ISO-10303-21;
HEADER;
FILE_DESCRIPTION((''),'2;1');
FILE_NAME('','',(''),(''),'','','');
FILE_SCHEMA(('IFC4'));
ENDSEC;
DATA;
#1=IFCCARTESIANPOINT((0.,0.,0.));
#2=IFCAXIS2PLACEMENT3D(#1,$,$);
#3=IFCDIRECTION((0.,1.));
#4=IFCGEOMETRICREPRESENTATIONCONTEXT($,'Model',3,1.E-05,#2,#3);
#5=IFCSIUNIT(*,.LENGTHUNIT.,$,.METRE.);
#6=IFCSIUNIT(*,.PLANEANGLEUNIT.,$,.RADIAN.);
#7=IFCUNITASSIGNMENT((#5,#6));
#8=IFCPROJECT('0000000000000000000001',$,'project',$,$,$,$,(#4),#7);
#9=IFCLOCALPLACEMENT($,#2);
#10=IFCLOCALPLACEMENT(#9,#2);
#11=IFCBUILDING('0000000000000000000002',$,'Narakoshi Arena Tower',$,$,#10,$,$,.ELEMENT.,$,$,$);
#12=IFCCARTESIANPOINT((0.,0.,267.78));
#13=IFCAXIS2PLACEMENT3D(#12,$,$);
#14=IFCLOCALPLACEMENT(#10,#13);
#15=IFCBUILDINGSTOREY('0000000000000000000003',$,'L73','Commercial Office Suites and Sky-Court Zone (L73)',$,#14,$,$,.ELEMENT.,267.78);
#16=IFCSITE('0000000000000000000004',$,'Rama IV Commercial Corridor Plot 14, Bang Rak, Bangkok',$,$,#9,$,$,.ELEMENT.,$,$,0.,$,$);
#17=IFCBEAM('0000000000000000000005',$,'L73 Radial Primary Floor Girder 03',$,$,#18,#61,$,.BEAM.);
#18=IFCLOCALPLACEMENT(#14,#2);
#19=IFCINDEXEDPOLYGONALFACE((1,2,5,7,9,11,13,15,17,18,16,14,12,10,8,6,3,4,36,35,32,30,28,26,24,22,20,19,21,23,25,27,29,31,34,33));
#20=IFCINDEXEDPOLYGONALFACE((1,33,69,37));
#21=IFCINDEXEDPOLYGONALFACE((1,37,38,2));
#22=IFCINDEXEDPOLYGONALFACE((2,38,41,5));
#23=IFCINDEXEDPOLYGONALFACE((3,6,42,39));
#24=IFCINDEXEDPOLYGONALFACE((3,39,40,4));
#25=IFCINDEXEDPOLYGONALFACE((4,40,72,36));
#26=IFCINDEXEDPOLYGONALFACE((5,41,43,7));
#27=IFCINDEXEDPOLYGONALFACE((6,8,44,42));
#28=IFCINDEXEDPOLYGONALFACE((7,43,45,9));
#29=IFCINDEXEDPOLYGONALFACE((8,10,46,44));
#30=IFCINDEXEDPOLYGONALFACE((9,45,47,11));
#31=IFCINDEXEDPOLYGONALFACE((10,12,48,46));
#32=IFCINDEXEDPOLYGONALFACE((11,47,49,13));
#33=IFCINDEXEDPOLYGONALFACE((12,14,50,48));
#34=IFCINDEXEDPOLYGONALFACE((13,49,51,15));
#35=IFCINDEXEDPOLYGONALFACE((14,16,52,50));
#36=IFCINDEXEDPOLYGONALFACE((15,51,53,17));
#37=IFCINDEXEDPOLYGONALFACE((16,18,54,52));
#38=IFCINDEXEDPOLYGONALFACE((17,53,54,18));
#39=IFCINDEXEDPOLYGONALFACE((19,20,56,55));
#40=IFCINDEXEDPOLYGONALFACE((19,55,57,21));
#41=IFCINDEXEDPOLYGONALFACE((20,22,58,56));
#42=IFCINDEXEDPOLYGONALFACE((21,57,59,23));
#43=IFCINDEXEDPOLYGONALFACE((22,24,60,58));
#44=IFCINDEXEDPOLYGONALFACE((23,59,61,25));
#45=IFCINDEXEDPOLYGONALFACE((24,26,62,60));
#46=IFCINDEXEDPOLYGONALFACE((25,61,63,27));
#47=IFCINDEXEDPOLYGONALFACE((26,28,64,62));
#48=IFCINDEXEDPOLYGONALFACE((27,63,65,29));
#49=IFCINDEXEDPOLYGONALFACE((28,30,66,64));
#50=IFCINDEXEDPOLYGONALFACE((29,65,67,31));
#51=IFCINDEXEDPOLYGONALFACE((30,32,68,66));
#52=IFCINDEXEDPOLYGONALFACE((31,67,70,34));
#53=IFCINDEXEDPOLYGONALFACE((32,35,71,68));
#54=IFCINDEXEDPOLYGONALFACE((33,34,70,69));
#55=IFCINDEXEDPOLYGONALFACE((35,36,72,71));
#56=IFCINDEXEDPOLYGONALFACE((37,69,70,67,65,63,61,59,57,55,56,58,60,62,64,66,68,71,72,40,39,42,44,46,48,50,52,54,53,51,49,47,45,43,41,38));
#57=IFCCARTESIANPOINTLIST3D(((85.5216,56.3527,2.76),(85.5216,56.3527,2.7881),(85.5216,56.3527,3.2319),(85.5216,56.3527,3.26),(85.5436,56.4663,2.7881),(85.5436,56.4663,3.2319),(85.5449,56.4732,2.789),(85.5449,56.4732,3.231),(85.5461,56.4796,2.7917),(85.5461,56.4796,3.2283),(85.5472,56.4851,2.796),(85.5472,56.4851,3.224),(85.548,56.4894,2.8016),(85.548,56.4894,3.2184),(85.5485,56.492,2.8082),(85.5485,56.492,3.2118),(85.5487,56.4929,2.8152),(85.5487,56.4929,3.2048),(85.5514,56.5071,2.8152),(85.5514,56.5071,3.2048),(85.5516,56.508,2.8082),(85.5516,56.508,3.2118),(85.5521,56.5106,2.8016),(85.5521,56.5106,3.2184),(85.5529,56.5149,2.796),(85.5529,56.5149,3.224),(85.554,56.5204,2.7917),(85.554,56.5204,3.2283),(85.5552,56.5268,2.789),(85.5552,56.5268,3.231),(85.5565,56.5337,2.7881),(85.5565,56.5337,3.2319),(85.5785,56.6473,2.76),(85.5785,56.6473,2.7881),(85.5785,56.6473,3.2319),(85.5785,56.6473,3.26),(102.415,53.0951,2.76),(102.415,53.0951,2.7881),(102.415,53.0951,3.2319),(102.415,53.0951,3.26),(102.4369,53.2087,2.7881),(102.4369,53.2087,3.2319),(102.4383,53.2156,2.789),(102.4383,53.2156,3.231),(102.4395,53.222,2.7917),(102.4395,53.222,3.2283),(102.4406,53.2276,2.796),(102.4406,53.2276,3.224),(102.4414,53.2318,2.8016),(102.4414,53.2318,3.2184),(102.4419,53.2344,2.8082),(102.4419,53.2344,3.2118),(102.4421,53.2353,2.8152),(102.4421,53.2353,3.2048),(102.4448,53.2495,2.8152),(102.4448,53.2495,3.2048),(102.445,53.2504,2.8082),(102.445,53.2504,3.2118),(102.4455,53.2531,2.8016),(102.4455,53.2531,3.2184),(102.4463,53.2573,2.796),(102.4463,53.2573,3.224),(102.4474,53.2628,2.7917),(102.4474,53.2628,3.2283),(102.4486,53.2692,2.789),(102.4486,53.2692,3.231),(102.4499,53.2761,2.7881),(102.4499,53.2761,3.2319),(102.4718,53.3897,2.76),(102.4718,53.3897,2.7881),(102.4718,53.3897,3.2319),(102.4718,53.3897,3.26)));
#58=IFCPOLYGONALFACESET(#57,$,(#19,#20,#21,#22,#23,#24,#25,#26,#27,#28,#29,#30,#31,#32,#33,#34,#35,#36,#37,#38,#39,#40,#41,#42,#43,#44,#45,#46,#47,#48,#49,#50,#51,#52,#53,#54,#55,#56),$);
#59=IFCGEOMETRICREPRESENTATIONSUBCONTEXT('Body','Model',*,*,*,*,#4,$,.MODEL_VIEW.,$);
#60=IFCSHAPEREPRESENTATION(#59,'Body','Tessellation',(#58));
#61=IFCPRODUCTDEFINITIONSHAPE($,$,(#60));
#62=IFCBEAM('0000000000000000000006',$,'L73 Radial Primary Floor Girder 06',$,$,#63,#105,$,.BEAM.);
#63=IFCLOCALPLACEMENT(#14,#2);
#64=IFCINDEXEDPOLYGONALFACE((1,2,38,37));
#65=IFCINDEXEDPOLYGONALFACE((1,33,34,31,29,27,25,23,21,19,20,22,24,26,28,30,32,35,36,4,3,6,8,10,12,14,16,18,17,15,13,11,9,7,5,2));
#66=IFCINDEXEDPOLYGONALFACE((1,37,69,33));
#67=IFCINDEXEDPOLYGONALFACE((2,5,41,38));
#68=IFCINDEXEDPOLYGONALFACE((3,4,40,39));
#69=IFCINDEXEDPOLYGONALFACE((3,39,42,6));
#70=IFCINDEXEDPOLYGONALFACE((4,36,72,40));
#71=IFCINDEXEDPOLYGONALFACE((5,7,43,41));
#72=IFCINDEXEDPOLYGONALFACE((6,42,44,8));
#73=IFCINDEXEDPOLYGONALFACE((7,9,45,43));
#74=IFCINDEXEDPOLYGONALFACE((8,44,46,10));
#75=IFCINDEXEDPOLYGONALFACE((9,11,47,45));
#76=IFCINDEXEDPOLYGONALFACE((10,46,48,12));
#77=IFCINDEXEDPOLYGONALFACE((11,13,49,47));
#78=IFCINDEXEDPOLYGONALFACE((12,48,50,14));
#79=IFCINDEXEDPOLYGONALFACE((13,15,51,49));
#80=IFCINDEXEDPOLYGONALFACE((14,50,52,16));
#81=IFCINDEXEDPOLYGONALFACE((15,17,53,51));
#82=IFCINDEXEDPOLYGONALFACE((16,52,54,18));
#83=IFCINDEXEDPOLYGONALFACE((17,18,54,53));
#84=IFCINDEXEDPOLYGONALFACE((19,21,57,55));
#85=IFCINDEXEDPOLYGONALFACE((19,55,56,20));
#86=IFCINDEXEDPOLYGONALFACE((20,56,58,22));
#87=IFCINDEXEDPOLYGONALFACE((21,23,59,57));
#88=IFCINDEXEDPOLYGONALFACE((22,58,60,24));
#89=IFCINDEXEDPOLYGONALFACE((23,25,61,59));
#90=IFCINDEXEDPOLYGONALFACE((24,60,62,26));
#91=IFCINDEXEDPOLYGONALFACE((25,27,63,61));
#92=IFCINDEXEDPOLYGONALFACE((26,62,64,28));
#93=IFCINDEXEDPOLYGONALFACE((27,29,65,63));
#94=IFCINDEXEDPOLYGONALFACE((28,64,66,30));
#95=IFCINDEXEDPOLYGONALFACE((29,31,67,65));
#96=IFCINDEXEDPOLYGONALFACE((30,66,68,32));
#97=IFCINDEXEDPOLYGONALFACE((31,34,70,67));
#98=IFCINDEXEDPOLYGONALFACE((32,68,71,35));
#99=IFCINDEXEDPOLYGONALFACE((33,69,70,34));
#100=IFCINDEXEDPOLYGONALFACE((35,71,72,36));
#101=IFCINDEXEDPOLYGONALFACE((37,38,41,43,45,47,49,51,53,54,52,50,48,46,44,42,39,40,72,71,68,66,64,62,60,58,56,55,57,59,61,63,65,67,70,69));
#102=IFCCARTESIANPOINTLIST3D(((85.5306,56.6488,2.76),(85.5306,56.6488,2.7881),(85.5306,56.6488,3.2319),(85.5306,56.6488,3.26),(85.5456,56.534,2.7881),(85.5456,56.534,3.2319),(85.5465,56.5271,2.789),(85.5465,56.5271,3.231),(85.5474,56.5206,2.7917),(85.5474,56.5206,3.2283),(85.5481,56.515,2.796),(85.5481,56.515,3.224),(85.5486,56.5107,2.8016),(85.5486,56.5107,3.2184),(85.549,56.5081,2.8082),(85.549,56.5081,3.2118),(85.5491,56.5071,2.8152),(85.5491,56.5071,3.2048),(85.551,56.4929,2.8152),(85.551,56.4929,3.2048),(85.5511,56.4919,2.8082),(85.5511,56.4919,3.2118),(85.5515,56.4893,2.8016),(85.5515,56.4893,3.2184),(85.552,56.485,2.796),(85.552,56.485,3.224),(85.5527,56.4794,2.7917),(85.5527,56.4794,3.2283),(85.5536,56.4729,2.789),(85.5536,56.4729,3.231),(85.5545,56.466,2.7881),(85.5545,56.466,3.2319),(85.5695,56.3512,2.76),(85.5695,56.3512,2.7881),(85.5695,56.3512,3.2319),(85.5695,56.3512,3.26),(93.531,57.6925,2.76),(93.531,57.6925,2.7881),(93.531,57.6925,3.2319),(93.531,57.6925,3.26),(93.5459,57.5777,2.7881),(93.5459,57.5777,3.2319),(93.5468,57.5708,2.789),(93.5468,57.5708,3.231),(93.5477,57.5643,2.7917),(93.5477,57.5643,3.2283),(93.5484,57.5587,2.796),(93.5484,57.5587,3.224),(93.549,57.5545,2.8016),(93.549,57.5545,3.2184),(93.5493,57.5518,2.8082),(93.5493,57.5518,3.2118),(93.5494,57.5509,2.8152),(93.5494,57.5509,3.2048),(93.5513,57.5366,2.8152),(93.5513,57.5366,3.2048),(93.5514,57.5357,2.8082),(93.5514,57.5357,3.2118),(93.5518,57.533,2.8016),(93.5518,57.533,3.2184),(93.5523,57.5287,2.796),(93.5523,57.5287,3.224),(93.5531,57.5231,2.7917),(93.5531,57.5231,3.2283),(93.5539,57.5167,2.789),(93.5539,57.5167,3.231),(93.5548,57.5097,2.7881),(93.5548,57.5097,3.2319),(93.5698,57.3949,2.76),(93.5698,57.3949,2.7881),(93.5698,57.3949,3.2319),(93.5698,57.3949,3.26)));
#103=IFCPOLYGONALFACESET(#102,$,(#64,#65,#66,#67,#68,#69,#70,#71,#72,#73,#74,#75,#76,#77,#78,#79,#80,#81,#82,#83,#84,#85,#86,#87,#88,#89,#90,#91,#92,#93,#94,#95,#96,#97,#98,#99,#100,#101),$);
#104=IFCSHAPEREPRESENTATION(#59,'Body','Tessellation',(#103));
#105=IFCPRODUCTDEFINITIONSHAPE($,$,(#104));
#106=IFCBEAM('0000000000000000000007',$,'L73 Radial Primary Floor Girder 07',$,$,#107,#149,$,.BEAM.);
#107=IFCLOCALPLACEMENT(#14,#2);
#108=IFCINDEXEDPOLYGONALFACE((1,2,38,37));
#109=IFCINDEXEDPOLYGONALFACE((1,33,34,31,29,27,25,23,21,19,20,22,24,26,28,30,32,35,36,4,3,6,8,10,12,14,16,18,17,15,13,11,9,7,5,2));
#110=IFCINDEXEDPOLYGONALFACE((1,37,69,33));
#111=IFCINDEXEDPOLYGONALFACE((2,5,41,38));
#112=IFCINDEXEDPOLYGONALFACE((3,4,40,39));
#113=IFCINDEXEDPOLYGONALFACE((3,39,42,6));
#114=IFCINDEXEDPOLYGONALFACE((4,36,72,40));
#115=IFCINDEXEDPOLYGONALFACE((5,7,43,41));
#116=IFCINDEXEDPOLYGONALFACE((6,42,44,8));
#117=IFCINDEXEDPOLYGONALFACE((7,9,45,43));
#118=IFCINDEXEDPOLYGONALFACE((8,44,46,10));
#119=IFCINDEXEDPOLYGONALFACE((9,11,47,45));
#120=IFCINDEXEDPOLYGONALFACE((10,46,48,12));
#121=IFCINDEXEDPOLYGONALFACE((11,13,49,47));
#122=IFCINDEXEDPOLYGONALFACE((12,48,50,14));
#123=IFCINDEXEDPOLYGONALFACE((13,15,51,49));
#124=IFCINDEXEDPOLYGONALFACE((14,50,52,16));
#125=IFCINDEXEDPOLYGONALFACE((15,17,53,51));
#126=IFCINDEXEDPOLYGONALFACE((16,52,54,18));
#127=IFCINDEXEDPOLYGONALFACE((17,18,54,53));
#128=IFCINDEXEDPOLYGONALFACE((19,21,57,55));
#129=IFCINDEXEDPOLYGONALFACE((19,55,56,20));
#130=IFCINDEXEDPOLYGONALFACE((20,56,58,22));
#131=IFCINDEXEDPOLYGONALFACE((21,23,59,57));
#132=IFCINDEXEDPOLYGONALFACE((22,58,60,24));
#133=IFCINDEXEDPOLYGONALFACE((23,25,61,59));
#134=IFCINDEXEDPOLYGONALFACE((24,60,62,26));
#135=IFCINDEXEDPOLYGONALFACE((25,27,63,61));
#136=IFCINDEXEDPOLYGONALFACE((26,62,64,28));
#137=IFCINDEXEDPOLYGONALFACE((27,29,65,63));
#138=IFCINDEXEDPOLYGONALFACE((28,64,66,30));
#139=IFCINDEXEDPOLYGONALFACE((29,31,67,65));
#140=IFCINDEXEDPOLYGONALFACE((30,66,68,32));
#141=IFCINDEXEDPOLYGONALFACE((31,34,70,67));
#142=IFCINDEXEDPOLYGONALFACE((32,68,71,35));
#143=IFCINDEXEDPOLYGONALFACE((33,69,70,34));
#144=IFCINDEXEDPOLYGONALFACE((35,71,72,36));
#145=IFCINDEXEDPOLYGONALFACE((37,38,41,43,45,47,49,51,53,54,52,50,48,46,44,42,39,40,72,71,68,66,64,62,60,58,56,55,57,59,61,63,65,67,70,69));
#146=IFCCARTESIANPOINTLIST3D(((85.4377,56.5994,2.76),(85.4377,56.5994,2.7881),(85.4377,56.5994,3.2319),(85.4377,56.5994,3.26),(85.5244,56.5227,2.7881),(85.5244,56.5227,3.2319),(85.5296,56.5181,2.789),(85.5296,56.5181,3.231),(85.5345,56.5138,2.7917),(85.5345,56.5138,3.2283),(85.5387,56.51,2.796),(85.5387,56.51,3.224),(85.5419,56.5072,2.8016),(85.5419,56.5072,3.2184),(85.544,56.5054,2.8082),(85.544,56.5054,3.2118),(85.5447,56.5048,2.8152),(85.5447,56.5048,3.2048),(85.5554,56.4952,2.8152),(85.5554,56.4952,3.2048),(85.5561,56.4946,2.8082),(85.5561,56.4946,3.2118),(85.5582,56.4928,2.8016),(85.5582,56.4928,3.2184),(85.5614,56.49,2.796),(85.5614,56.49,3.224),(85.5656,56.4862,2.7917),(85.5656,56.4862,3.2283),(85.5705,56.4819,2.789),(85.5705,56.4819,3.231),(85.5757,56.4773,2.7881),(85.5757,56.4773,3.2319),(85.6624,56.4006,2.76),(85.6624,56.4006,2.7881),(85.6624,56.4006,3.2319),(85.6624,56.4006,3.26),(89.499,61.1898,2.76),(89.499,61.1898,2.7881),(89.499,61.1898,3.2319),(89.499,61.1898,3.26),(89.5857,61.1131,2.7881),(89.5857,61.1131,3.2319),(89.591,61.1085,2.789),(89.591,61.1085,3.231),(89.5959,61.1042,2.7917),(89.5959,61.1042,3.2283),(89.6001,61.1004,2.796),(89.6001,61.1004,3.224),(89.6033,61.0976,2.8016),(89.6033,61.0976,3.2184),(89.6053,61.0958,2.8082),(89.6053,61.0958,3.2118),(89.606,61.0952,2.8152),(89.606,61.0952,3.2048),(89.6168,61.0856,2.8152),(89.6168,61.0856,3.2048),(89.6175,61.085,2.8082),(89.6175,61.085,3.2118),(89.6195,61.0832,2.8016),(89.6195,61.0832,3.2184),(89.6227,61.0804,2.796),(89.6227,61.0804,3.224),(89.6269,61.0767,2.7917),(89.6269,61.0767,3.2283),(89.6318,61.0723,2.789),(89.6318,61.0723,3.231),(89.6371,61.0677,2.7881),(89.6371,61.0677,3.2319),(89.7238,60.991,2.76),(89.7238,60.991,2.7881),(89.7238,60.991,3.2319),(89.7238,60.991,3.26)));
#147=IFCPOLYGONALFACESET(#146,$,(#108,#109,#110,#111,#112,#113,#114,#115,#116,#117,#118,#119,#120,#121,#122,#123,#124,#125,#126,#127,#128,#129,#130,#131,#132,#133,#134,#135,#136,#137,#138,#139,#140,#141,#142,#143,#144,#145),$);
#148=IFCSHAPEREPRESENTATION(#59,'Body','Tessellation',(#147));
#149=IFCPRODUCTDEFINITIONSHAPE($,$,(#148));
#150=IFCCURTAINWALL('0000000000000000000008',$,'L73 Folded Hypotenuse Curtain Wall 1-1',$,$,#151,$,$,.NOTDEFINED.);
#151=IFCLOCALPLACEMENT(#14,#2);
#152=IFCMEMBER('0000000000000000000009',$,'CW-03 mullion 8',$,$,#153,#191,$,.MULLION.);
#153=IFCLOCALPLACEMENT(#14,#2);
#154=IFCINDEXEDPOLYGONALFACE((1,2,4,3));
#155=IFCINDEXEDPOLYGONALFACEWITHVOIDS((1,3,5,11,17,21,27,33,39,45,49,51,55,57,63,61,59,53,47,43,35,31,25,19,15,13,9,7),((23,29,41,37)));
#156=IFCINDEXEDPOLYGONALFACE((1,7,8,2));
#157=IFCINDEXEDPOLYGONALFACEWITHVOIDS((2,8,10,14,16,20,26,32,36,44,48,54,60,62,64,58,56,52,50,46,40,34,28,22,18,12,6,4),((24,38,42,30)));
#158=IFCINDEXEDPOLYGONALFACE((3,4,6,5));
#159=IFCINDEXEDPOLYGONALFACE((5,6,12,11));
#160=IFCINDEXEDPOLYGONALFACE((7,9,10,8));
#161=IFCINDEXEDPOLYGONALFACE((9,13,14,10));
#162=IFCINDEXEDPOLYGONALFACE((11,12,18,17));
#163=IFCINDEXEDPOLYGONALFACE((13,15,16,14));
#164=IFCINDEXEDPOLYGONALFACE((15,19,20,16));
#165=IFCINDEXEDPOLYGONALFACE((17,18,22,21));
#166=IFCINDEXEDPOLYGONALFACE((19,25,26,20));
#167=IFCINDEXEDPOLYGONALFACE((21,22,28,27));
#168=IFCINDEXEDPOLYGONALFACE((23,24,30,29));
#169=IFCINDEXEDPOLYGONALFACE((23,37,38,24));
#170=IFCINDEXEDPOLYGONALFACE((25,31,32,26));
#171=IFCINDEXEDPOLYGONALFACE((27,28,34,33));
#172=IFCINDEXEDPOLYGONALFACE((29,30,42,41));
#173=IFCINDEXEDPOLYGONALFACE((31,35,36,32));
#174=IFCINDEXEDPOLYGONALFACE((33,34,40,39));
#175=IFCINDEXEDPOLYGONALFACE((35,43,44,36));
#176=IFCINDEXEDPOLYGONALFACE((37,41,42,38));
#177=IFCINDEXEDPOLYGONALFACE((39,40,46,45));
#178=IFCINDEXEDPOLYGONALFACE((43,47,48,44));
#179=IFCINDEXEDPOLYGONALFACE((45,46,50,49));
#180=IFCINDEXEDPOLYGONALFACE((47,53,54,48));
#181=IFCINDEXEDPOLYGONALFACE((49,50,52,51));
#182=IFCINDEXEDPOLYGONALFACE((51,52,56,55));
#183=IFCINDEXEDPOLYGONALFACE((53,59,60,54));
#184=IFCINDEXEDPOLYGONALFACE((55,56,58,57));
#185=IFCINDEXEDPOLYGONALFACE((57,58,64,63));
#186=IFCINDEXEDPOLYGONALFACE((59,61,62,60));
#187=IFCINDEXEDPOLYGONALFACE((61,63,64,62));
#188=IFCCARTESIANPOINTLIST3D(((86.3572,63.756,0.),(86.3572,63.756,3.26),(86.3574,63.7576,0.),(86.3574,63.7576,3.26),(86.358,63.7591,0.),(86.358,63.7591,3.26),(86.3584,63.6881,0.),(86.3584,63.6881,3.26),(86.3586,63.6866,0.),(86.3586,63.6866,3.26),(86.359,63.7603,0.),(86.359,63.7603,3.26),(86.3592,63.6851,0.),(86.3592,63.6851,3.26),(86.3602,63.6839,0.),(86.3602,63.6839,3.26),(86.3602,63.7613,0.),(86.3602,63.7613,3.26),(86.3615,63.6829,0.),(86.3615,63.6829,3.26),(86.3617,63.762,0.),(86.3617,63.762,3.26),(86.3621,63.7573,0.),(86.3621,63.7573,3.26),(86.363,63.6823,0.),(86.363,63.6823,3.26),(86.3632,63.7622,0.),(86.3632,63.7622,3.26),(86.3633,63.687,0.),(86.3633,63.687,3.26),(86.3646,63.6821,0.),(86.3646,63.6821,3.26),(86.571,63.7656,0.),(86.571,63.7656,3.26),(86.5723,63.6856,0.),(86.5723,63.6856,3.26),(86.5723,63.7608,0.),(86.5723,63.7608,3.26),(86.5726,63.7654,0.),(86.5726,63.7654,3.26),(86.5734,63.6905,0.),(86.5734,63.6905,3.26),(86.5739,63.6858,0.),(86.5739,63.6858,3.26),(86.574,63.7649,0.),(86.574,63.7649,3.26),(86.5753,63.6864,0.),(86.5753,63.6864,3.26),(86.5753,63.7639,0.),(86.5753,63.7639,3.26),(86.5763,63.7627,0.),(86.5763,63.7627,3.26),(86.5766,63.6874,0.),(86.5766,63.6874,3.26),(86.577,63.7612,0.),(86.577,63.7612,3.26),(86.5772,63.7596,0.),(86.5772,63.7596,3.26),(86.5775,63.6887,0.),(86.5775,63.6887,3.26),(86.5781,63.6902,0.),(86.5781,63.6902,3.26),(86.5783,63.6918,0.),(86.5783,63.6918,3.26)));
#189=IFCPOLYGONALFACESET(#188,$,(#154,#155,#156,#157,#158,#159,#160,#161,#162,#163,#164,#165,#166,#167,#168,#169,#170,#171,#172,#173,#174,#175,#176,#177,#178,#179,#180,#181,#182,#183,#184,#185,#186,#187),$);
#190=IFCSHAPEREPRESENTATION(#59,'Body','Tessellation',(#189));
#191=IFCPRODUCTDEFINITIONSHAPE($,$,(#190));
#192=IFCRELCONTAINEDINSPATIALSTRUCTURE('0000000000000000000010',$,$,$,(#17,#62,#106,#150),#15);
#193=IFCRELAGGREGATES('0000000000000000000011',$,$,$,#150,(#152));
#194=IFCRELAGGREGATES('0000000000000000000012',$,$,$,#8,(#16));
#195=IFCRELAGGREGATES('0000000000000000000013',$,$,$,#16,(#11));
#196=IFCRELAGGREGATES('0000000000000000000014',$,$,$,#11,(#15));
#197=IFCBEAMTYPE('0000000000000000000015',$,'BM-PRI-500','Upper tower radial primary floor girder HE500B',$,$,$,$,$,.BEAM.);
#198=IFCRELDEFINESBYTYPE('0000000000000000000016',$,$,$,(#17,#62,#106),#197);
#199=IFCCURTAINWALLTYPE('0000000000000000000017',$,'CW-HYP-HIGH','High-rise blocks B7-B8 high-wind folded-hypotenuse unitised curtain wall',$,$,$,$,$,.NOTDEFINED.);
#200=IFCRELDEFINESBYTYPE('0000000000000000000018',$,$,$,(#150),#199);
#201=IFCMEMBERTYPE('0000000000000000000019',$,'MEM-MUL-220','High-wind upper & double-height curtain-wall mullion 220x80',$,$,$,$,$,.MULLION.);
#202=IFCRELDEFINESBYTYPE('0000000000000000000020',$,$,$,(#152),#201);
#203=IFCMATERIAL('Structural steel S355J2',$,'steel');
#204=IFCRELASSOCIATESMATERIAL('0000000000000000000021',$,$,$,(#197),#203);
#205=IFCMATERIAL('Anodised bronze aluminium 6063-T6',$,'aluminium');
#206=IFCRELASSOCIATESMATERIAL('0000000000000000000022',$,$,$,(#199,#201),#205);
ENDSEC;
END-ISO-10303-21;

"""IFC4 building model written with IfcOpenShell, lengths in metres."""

from ifc_helpers import new_model, si_unit, direction, frame, origin, origin_2d, place, context, subcontext, project, spatial, hollow_rectangle, i_section, extrude, material, material_profile, profile_set, type_object, element, aggregate, save


model = new_model("IFC4")

# Units and contexts
model_context = context("Model", 3, precision=1e-05, world=origin(), true_north=direction((0.0, 1.0)))
body_context = subcontext(model_context, "Body", "Model", "MODEL_VIEW")
ifc_project = project(units=[si_unit("LENGTHUNIT", "METRE"), si_unit("PLANEANGLEUNIT", "RADIAN")], contexts=[model_context])

# Site, building, storey
site_placement = place(None, origin())
site = spatial("IfcSite", under=ifc_project, at=site_placement, Name="Rama IV Commercial Corridor Plot 14, Bang Rak, Bangkok", CompositionType="ELEMENT", RefElevation=0.0)
building_placement = place(site_placement, origin())
building = spatial("IfcBuilding", under=site, at=building_placement, Name="Narakoshi Arena Tower", CompositionType="ELEMENT")
storey_placement = place(building_placement, frame((0.0, 0.0, 267.78)))
storey = spatial("IfcBuildingStorey", under=building, at=storey_placement, Name="L73", Description="Commercial Office Suites and Sky-Court Zone (L73)", CompositionType="ELEMENT", Elevation=267.78)

# Beams
ifc_material_1 = material(Name="Structural steel S355J2", Category="steel")
ifc_material_profile_1 = material_profile(ifc_material_1, i_section(OverallWidth=0.3, OverallDepth=0.5, WebThickness=0.0144, FlangeThickness=0.0281, FilletRadius=0.0271, at=origin_2d()), Name="HE500B")
ifc_profile_set_1 = profile_set([ifc_material_profile_1], Name="Structural steel S355J2")
beam_type = type_object("IfcBeamType", Name="BM-PRI-500", Description="Upper tower radial primary floor girder HE500B", PredefinedType="BEAM", material=ifc_profile_set_1)
beam_1_placement = place(storey_placement, frame((85.55, 56.5, 3.01), z_axis=(0.981911, -0.189344, 0.0), x_axis=(0.189344, 0.981911, 0.0)))
element("IfcBeam", 1, at=beam_1_placement, inside=storey, type_object=beam_type, Name="L73 Radial Primary Floor Girder 03", PredefinedType="BEAM", context=body_context, shape_type="SweptSolid", body=[
    extrude(i_section(OverallWidth=0.3, OverallDepth=0.5, WebThickness=0.0144, FlangeThickness=0.0281, FilletRadius=0.0271, at=origin_2d()), origin(), (0.0, 0.0, 1.0), 17.2046),
])
beam_2_placement = place(storey_placement, frame((85.55, 56.5, 3.01), z_axis=(0.991597, 0.129362, 0.0), x_axis=(-0.129362, 0.991597, 0.0)))
element("IfcBeam", 2, at=beam_2_placement, inside=storey, type_object=beam_type, Name="L73 Radial Primary Floor Girder 06", PredefinedType="BEAM", context=body_context, shape_type="SweptSolid", body=[
    extrude(i_section(OverallWidth=0.3, OverallDepth=0.5, WebThickness=0.0144, FlangeThickness=0.0281, FilletRadius=0.0271, at=origin_2d()), origin(), (0.0, 0.0, 1.0), 8.0681),
])
beam_3_placement = place(storey_placement, frame((85.55, 56.5, 3.01), z_axis=(0.662629, 0.748948, 0.0), x_axis=(-0.748948, 0.662629, 0.0)))
element("IfcBeam", 3, at=beam_3_placement, inside=storey, type_object=beam_type, Name="L73 Radial Primary Floor Girder 07", PredefinedType="BEAM", context=body_context, shape_type="SweptSolid", body=[
    extrude(i_section(OverallWidth=0.3, OverallDepth=0.5, WebThickness=0.0144, FlangeThickness=0.0281, FilletRadius=0.0271, at=origin_2d()), origin(), (0.0, 0.0, 1.0), 6.1292),
])

# Curtain wall, member
ifc_material_2 = material(Name="Anodised bronze aluminium 6063-T6", Category="aluminium")
curtain_wall_type = type_object("IfcCurtainWallType", Name="CW-HYP-HIGH", Description="High-rise blocks B7-B8 high-wind folded-hypotenuse unitised curtain wall", PredefinedType="NOTDEFINED", material=ifc_material_2)
curtain_wall_1_placement = place(storey_placement, origin())
curtain_wall_1 = element("IfcCurtainWall", 4, at=curtain_wall_1_placement, inside=storey, type_object=curtain_wall_type, Name="L73 Folded Hypotenuse Curtain Wall 1-1", PredefinedType="NOTDEFINED")
ifc_material_profile_2 = material_profile(ifc_material_2, hollow_rectangle(XDim=0.0801, YDim=0.22, WallThickness=0.0049, OuterFilletRadius=0.0061, at=origin_2d()), Name="MUL220x80x5")
ifc_profile_set_2 = profile_set([ifc_material_profile_2], Name="Anodised bronze aluminium 6063-T6")
member_type_1 = type_object("IfcMemberType", Name="MEM-MUL-220", Description="High-wind upper & double-height curtain-wall mullion 220x80", PredefinedType="MULLION", material=ifc_profile_set_2)
member_1_placement = place(storey_placement, frame((86.4678, 63.7239, 0.0), z_axis=(0.0, 0.0, 1.0), x_axis=(0.016443, -0.999865, 0.0)))
member_1 = element("IfcMember", 5, at=member_1_placement, type_object=member_type_1, Name="CW-03 mullion 8", PredefinedType="MULLION", context=body_context, shape_type="SweptSolid", body=[
    extrude(hollow_rectangle(XDim=0.0801, YDim=0.22, WallThickness=0.0049, OuterFilletRadius=0.0061, at=origin_2d()), origin(), (0.0, 0.0, 1.0), 3.26),
])

aggregate(curtain_wall_1, [member_1])

save(model, "model.ifc")
